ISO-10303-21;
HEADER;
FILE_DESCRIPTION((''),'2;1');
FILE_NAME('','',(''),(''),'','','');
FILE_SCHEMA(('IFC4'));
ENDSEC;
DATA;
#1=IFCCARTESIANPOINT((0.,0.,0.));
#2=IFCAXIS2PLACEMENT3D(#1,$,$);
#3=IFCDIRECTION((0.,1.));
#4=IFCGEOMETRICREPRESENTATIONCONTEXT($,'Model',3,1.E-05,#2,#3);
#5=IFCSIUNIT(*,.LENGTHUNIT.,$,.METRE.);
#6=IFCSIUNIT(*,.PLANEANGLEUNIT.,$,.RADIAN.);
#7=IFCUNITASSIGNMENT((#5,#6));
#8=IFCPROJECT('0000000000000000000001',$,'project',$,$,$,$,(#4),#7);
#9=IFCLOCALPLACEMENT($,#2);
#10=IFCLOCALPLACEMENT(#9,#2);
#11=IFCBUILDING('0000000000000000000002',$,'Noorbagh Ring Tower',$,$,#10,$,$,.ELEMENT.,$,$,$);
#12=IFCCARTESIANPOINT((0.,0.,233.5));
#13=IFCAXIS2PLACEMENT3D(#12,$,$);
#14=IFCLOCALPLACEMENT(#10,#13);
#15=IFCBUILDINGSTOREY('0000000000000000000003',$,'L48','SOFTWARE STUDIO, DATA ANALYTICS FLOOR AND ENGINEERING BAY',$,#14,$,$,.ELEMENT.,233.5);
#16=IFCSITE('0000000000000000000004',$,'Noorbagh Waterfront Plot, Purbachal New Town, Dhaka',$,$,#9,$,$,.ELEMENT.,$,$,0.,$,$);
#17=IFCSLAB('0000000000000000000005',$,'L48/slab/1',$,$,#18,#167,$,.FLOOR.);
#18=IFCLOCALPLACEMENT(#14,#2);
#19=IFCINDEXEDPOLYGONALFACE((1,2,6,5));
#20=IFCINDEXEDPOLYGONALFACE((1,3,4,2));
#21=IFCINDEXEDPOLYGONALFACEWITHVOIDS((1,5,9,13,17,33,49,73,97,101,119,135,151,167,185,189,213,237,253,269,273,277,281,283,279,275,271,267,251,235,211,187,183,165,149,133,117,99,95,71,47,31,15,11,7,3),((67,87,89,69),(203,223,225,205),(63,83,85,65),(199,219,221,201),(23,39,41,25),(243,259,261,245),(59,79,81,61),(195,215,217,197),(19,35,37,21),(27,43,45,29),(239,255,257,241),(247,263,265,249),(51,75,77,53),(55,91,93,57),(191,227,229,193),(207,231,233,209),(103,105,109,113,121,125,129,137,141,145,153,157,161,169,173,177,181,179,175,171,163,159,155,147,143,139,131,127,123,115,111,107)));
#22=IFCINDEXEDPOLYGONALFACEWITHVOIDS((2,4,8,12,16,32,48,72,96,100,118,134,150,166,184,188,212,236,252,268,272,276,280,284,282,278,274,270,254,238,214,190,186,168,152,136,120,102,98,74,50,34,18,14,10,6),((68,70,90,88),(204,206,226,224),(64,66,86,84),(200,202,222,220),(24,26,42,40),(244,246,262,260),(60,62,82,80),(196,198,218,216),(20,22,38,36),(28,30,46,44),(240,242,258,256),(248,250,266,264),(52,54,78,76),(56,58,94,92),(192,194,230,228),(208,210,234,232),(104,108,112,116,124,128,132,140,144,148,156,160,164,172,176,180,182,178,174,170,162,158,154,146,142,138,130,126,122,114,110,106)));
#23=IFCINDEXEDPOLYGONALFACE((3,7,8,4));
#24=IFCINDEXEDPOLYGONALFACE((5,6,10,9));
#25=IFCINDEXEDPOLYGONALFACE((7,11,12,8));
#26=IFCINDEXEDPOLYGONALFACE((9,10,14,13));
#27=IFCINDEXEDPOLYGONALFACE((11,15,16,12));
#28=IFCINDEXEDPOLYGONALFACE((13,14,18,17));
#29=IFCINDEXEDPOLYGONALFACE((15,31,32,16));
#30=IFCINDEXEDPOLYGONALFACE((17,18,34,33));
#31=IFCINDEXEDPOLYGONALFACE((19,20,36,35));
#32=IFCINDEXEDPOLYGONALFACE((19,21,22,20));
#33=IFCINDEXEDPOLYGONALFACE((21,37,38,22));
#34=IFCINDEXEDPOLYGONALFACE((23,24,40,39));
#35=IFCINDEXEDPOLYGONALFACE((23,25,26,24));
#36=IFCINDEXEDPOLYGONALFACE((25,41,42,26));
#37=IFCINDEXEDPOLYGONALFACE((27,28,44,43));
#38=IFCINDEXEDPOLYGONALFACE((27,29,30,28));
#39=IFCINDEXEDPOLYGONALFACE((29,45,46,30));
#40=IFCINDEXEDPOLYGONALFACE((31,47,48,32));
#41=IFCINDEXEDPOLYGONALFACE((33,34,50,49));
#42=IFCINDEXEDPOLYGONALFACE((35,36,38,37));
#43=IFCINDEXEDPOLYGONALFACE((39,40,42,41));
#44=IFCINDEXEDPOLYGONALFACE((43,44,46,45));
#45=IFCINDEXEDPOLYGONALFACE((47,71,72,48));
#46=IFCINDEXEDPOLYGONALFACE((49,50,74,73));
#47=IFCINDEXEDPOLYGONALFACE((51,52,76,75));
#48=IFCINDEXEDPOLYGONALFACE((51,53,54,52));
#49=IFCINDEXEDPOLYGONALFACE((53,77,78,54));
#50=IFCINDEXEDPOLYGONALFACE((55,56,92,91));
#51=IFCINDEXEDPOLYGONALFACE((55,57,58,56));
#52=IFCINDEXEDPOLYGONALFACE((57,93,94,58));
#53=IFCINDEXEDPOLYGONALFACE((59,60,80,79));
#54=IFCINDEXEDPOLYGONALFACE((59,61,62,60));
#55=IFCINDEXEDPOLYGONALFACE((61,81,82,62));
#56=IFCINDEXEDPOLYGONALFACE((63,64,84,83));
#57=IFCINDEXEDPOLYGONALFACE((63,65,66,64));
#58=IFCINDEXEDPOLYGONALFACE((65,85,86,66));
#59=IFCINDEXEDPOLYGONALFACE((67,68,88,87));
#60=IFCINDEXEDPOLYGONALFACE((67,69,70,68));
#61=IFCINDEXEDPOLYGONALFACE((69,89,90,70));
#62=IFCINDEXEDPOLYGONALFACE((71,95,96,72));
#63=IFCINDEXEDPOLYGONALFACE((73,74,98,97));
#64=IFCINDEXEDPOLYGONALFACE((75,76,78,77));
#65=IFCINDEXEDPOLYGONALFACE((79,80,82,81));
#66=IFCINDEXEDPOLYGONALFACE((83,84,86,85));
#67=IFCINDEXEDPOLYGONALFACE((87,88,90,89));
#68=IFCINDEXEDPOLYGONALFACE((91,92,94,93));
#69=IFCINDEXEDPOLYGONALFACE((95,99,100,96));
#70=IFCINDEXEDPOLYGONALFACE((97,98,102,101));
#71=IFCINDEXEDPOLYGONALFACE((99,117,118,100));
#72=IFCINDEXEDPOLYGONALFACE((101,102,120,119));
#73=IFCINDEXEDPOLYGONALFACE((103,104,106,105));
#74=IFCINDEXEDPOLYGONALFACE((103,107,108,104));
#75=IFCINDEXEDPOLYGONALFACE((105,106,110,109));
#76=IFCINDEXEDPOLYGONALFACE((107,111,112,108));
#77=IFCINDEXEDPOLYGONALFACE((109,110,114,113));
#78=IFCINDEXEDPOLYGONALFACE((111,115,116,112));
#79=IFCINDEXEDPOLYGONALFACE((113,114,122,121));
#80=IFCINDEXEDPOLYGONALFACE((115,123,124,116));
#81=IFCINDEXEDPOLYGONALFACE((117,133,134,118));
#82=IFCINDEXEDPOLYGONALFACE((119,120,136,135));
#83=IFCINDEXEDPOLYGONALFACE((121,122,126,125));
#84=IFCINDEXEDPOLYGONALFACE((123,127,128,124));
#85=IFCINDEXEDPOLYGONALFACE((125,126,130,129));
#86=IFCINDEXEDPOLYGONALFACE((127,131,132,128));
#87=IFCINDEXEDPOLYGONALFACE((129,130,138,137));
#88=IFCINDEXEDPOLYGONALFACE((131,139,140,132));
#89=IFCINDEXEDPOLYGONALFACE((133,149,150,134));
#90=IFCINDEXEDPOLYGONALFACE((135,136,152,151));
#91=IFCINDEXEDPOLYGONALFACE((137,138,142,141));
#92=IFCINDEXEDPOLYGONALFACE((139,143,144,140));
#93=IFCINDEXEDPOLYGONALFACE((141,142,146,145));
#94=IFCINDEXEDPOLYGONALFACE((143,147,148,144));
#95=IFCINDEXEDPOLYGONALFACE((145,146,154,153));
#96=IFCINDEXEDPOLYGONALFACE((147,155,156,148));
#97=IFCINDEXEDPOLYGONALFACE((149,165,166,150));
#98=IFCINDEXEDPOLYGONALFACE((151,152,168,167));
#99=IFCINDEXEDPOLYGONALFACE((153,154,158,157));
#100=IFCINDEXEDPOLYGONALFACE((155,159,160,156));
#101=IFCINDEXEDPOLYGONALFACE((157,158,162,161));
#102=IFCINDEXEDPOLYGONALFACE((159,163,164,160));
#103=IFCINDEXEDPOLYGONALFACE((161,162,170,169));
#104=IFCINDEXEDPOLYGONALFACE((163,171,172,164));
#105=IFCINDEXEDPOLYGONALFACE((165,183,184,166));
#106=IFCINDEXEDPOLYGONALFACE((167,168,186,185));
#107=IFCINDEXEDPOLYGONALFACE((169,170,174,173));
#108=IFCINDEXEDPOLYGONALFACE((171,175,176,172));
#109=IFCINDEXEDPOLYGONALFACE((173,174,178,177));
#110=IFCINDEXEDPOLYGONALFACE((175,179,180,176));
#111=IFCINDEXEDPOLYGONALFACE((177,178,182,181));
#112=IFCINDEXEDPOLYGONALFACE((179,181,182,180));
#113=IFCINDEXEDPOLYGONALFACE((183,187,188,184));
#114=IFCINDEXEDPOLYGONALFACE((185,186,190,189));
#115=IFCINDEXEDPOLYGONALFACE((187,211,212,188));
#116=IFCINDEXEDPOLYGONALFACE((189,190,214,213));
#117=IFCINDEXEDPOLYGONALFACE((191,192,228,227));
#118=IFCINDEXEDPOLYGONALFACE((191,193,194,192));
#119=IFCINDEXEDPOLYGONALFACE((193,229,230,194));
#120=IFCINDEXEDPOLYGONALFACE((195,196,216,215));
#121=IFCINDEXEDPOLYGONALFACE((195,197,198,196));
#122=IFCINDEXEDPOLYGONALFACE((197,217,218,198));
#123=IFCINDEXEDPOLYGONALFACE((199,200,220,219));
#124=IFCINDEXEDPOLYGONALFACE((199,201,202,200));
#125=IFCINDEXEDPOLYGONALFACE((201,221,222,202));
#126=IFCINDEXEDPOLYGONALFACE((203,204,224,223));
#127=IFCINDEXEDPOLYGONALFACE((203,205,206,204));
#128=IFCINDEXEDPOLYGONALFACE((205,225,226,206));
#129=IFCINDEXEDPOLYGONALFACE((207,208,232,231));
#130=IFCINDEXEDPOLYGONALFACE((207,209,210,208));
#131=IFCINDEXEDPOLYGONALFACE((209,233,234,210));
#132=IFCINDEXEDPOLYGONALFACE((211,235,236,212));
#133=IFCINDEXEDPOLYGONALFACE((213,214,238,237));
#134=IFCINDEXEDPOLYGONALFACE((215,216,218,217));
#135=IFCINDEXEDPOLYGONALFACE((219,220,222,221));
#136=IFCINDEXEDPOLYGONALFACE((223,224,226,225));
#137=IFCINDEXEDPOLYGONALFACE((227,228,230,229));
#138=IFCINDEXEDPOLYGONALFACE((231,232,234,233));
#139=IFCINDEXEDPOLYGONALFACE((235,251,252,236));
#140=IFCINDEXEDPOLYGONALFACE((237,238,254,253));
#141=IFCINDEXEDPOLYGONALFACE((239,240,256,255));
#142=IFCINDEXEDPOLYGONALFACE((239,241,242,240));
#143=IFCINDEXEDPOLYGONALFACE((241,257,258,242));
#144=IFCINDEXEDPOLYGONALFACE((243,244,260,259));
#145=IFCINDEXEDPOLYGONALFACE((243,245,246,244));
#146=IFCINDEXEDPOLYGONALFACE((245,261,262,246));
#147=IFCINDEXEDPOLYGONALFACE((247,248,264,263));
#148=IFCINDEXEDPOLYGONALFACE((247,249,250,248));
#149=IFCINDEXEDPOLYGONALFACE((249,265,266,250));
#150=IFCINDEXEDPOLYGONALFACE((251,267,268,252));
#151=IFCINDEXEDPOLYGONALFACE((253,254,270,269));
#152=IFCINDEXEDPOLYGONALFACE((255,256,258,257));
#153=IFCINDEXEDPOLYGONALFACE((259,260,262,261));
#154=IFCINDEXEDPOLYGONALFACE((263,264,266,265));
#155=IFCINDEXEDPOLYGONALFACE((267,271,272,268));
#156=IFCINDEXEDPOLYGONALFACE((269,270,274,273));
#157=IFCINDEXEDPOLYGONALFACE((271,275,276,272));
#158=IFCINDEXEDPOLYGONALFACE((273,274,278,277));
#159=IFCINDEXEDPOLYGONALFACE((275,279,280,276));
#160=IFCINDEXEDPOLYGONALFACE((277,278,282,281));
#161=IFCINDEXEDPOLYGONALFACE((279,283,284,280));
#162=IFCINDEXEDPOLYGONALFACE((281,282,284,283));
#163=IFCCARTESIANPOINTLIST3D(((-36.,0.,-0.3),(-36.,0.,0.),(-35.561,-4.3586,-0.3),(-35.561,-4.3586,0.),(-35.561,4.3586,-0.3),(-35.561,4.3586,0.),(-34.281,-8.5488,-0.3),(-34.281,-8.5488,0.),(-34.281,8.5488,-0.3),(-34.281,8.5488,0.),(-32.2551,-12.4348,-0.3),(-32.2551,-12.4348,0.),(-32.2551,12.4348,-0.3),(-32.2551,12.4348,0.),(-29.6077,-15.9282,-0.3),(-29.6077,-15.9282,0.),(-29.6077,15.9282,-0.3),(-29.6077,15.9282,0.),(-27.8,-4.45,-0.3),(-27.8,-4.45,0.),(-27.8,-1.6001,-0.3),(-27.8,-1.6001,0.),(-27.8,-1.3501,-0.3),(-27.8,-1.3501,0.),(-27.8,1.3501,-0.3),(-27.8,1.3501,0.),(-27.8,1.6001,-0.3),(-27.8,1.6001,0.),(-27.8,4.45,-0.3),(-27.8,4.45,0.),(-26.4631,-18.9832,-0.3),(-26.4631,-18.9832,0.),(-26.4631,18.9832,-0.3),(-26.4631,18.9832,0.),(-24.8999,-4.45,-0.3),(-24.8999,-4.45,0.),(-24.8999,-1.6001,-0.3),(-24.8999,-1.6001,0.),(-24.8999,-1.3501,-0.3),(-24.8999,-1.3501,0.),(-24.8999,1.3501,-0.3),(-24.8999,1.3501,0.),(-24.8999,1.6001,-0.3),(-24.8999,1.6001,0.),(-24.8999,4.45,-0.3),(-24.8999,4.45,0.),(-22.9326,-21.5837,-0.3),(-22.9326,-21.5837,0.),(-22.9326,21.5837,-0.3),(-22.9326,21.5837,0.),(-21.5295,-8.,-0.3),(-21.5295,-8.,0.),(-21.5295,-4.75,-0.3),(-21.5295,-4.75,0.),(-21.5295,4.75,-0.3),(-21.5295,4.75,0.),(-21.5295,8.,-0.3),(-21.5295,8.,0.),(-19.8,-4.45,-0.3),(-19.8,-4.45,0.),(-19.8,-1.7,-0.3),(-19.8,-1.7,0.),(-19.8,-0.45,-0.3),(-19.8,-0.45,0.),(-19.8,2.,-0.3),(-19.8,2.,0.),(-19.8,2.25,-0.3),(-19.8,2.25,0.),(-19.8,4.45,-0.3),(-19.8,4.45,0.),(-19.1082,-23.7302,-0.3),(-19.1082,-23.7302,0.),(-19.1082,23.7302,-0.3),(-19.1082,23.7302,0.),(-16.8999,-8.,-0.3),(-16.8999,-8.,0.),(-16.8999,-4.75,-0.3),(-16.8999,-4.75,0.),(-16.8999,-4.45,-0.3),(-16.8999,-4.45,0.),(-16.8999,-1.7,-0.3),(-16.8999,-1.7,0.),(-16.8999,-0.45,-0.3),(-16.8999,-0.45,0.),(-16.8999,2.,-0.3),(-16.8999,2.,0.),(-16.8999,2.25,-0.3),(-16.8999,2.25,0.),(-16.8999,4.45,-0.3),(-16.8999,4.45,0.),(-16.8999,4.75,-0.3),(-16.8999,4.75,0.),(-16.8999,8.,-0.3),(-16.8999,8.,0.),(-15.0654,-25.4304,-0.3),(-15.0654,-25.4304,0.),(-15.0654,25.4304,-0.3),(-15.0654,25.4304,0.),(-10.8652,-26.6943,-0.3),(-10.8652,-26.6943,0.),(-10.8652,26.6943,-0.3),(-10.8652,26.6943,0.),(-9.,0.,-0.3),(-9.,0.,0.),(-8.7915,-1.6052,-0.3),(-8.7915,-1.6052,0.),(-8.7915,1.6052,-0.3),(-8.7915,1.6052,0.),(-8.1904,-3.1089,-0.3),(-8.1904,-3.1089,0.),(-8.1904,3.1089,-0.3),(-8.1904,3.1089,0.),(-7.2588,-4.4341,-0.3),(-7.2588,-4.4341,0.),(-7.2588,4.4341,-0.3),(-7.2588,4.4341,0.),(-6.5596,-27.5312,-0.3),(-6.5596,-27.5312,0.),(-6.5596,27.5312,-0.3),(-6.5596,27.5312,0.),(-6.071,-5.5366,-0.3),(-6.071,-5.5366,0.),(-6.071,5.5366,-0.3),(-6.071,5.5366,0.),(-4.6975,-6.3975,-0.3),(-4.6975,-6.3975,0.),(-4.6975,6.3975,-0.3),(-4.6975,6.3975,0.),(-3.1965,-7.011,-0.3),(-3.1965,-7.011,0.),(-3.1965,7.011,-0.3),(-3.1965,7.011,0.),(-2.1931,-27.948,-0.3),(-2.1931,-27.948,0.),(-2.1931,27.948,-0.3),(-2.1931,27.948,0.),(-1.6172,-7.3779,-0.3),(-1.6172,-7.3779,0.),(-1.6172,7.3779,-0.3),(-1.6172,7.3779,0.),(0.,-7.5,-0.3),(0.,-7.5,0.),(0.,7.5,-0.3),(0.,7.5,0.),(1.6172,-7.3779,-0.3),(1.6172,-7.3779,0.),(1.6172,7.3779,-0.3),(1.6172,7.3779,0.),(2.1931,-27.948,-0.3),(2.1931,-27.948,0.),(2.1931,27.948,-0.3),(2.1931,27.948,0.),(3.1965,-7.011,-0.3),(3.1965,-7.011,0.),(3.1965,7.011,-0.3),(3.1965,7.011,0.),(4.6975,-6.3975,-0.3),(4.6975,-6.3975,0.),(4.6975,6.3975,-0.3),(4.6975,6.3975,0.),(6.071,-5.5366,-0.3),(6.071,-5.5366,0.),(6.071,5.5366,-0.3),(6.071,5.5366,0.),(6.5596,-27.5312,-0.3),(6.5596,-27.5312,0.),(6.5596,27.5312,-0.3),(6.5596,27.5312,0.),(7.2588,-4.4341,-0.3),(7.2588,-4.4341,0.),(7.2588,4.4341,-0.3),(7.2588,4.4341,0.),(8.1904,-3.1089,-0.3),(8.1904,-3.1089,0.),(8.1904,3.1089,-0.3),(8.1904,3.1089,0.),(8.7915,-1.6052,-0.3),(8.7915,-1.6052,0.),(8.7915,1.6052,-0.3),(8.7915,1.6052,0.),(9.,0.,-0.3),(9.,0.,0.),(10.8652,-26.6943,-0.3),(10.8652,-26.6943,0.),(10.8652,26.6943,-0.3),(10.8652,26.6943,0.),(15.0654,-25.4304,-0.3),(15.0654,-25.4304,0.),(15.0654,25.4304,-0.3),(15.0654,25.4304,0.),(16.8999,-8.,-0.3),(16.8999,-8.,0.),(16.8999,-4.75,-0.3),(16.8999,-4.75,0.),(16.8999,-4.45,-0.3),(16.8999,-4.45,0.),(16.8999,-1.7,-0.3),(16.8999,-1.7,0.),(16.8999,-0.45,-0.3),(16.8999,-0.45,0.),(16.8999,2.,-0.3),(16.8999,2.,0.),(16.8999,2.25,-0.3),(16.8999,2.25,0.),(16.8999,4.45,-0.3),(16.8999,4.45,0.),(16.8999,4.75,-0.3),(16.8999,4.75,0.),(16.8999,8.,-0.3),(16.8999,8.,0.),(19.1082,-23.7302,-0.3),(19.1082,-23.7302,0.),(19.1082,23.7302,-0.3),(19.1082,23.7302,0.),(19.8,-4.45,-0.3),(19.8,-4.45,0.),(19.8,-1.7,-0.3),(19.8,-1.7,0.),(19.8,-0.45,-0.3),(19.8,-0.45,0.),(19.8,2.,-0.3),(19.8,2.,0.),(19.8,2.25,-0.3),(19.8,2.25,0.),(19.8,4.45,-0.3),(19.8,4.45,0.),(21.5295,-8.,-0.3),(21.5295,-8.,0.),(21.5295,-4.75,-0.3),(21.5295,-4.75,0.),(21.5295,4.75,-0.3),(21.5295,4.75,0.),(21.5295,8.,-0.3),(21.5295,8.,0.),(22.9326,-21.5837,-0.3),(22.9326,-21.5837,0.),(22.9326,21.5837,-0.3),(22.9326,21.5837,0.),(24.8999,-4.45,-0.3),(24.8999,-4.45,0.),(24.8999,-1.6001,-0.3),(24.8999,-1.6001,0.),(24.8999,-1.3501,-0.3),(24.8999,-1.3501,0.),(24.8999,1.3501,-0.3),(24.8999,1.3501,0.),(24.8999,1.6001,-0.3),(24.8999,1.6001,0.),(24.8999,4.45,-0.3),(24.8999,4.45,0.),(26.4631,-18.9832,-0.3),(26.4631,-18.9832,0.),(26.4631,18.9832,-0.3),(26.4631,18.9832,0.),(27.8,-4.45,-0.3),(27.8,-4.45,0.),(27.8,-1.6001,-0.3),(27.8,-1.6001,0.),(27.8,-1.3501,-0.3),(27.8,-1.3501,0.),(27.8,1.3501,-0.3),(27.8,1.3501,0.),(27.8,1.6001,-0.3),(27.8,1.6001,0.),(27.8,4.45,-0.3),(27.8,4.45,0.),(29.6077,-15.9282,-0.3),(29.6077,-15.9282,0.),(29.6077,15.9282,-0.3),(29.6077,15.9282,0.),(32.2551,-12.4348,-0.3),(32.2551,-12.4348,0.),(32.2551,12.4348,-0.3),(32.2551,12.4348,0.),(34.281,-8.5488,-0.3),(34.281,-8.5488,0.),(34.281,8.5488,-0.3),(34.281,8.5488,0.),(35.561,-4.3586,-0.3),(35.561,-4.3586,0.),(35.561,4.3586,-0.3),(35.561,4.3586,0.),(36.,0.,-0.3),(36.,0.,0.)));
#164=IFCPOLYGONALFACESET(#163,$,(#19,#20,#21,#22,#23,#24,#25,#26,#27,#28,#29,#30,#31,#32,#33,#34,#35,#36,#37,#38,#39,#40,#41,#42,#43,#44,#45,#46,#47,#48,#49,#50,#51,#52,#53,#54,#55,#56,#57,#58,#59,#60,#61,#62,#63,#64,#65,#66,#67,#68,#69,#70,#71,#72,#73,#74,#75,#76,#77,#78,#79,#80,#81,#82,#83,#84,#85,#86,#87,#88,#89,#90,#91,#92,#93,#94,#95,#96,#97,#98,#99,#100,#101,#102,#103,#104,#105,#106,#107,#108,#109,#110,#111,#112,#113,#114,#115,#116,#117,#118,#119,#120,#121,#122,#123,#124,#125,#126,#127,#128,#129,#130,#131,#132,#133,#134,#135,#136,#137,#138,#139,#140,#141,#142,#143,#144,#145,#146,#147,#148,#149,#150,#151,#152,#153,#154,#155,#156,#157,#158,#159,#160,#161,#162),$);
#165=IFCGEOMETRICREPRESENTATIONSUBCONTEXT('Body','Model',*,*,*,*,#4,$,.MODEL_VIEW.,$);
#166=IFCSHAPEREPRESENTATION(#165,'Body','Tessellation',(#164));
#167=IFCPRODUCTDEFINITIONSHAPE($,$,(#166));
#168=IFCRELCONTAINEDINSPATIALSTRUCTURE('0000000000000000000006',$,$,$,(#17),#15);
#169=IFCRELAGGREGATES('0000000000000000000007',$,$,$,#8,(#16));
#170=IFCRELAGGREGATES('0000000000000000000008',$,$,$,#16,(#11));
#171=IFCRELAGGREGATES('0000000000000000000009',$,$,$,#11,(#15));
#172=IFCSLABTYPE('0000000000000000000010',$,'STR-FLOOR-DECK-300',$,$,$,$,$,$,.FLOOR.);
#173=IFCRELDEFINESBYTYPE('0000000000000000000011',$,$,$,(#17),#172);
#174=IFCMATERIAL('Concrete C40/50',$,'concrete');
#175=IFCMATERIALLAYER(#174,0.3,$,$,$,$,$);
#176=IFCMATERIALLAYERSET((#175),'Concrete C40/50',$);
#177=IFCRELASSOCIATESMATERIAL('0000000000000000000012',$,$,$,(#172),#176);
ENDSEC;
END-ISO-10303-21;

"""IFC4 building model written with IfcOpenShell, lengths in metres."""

from ifc_helpers import new_model, si_unit, direction, frame, origin, place, context, subcontext, project, spatial, polyline, outline, extrude, material, layer, layer_set, type_object, element, save


model = new_model("IFC4")

# Units and contexts
model_context = context("Model", 3, precision=1e-05, world=origin(), true_north=direction((0.0, 1.0)))
body_context = subcontext(model_context, "Body", "Model", "MODEL_VIEW")
ifc_project = project(units=[si_unit("LENGTHUNIT", "METRE"), si_unit("PLANEANGLEUNIT", "RADIAN")], contexts=[model_context])

# Site, building, storey
site_placement = place(None, origin())
site = spatial("IfcSite", under=ifc_project, at=site_placement, Name="Noorbagh Waterfront Plot, Purbachal New Town, Dhaka", CompositionType="ELEMENT", RefElevation=0.0)
building_placement = place(site_placement, origin())
building = spatial("IfcBuilding", under=site, at=building_placement, Name="Noorbagh Ring Tower", CompositionType="ELEMENT")
storey_placement = place(building_placement, frame((0.0, 0.0, 233.5)))
storey = spatial("IfcBuildingStorey", under=building, at=storey_placement, Name="L48", Description="SOFTWARE STUDIO, DATA ANALYTICS FLOOR AND ENGINEERING BAY", CompositionType="ELEMENT", Elevation=233.5)

# Slab
ifc_material_1 = material(Name="Concrete C40/50", Category="concrete")
ifc_layer_1 = layer(ifc_material_1, 0.3)
ifc_layer_set_1 = layer_set([ifc_layer_1], Name="Concrete C40/50")
slab_type_1 = type_object("IfcSlabType", Name="STR-FLOOR-DECK-300", PredefinedType="FLOOR", material=ifc_layer_set_1)
slab_1_placement = place(storey_placement, frame((0.0, 0.0, -0.3)))
element("IfcSlab", 1, at=slab_1_placement, inside=storey, type_object=slab_type_1, Name="L48/slab/1", PredefinedType="FLOOR", context=body_context, shape_type="SweptSolid", body=[
    extrude(outline(polyline([(36.0, 0.0), (35.561, 4.3586), (34.281, 8.5488), (32.2551, 12.4348), (29.6077, 15.9282), (26.4631, 18.9832), (22.9326, 21.5837), (19.1082, 23.7302), (15.0654, 25.4304), (10.8652, 26.6943), (6.5596, 27.5312), (2.1931, 27.948), (-2.1931, 27.948), (-6.5596, 27.5312), (-10.8652, 26.6943), (-15.0654, 25.4304), (-19.1082, 23.7302), (-22.9326, 21.5837), (-26.4631, 18.9832), (-29.6077, 15.9282), (-32.2551, 12.4348), (-34.281, 8.5488), (-35.561, 4.3586), (-36.0, 0.0), (-35.561, -4.3586), (-34.281, -8.5488), (-32.2551, -12.4348), (-29.6077, -15.9282), (-26.4631, -18.9832), (-22.9326, -21.5837), (-19.1082, -23.7302), (-15.0654, -25.4304), (-10.8652, -26.6943), (-6.5596, -27.5312), (-2.1931, -27.948), (2.1931, -27.948), (6.5596, -27.5312), (10.8652, -26.6943), (15.0654, -25.4304), (19.1082, -23.7302), (22.9326, -21.5837), (26.4631, -18.9832), (29.6077, -15.9282), (32.2551, -12.4348), (34.281, -8.5488), (35.561, -4.3586), (36.0, 0.0)]), holes=[polyline([(24.8999, 4.45), (27.8, 4.45), (27.8, 1.6001), (24.8999, 1.6001), (24.8999, 4.45)]), polyline([(24.8999, 1.3501), (27.8, 1.3501), (27.8, -1.3501), (24.8999, -1.3501), (24.8999, 1.3501)]), polyline([(24.8999, -1.6001), (27.8, -1.6001), (27.8, -4.45), (24.8999, -4.45), (24.8999, -1.6001)]), polyline([(21.5295, -8.0), (16.8999, -8.0), (16.8999, -4.75), (21.5295, -4.75), (21.5295, -8.0)]), polyline([(16.8999, 4.75), (16.8999, 8.0), (21.5295, 8.0), (21.5295, 4.75), (16.8999, 4.75)]), polyline([(19.8, 4.45), (19.8, 2.25), (16.8999, 2.25), (16.8999, 4.45), (19.8, 4.45)]), polyline([(16.8999, 2.0), (19.8, 2.0), (19.8, -0.45), (16.8999, -0.45), (16.8999, 2.0)]), polyline([(16.8999, -1.7), (19.8, -1.7), (19.8, -4.45), (16.8999, -4.45), (16.8999, -1.7)]), polyline([(4.6975, -6.3975), (3.1965, -7.011), (1.6172, -7.3779), (0.0, -7.5), (-1.6172, -7.3779), (-3.1965, -7.011), (-4.6975, -6.3975), (-6.071, -5.5366), (-7.2588, -4.4341), (-8.1904, -3.1089), (-8.7915, -1.6052), (-9.0, 0.0), (-8.7915, 1.6052), (-8.1904, 3.1089), (-7.2588, 4.4341), (-6.071, 5.5366), (-4.6975, 6.3975), (-3.1965, 7.011), (-1.6172, 7.3779), (0.0, 7.5), (1.6172, 7.3779), (3.1965, 7.011), (4.6975, 6.3975), (6.071, 5.5366), (7.2588, 4.4341), (8.1904, 3.1089), (8.7915, 1.6052), (9.0, 0.0), (8.7915, -1.6052), (8.1904, -3.1089), (7.2588, -4.4341), (6.071, -5.5366), (4.6975, -6.3975)]), polyline([(-16.8999, 2.25), (-19.8, 2.25), (-19.8, 4.45), (-16.8999, 4.45), (-16.8999, 2.25)]), polyline([(-16.8999, -0.45), (-19.8, -0.45), (-19.8, 2.0), (-16.8999, 2.0), (-16.8999, -0.45)]), polyline([(-16.8999, -4.45), (-19.8, -4.45), (-19.8, -1.7), (-16.8999, -1.7), (-16.8999, -4.45)]), polyline([(-21.5295, 8.0), (-16.8999, 8.0), (-16.8999, 4.75), (-21.5295, 4.75), (-21.5295, 8.0)]), polyline([(-21.5295, -4.75), (-16.8999, -4.75), (-16.8999, -8.0), (-21.5295, -8.0), (-21.5295, -4.75)]), polyline([(-24.8999, -4.45), (-27.8, -4.45), (-27.8, -1.6001), (-24.8999, -1.6001), (-24.8999, -4.45)]), polyline([(-24.8999, 1.6001), (-27.8, 1.6001), (-27.8, 4.45), (-24.8999, 4.45), (-24.8999, 1.6001)]), polyline([(-24.8999, -1.3501), (-27.8, -1.3501), (-27.8, 1.3501), (-24.8999, 1.3501), (-24.8999, -1.3501)])]), origin(), (0.0, 0.0, 1.0), 0.3),
])

save(model, "model.ifc")
